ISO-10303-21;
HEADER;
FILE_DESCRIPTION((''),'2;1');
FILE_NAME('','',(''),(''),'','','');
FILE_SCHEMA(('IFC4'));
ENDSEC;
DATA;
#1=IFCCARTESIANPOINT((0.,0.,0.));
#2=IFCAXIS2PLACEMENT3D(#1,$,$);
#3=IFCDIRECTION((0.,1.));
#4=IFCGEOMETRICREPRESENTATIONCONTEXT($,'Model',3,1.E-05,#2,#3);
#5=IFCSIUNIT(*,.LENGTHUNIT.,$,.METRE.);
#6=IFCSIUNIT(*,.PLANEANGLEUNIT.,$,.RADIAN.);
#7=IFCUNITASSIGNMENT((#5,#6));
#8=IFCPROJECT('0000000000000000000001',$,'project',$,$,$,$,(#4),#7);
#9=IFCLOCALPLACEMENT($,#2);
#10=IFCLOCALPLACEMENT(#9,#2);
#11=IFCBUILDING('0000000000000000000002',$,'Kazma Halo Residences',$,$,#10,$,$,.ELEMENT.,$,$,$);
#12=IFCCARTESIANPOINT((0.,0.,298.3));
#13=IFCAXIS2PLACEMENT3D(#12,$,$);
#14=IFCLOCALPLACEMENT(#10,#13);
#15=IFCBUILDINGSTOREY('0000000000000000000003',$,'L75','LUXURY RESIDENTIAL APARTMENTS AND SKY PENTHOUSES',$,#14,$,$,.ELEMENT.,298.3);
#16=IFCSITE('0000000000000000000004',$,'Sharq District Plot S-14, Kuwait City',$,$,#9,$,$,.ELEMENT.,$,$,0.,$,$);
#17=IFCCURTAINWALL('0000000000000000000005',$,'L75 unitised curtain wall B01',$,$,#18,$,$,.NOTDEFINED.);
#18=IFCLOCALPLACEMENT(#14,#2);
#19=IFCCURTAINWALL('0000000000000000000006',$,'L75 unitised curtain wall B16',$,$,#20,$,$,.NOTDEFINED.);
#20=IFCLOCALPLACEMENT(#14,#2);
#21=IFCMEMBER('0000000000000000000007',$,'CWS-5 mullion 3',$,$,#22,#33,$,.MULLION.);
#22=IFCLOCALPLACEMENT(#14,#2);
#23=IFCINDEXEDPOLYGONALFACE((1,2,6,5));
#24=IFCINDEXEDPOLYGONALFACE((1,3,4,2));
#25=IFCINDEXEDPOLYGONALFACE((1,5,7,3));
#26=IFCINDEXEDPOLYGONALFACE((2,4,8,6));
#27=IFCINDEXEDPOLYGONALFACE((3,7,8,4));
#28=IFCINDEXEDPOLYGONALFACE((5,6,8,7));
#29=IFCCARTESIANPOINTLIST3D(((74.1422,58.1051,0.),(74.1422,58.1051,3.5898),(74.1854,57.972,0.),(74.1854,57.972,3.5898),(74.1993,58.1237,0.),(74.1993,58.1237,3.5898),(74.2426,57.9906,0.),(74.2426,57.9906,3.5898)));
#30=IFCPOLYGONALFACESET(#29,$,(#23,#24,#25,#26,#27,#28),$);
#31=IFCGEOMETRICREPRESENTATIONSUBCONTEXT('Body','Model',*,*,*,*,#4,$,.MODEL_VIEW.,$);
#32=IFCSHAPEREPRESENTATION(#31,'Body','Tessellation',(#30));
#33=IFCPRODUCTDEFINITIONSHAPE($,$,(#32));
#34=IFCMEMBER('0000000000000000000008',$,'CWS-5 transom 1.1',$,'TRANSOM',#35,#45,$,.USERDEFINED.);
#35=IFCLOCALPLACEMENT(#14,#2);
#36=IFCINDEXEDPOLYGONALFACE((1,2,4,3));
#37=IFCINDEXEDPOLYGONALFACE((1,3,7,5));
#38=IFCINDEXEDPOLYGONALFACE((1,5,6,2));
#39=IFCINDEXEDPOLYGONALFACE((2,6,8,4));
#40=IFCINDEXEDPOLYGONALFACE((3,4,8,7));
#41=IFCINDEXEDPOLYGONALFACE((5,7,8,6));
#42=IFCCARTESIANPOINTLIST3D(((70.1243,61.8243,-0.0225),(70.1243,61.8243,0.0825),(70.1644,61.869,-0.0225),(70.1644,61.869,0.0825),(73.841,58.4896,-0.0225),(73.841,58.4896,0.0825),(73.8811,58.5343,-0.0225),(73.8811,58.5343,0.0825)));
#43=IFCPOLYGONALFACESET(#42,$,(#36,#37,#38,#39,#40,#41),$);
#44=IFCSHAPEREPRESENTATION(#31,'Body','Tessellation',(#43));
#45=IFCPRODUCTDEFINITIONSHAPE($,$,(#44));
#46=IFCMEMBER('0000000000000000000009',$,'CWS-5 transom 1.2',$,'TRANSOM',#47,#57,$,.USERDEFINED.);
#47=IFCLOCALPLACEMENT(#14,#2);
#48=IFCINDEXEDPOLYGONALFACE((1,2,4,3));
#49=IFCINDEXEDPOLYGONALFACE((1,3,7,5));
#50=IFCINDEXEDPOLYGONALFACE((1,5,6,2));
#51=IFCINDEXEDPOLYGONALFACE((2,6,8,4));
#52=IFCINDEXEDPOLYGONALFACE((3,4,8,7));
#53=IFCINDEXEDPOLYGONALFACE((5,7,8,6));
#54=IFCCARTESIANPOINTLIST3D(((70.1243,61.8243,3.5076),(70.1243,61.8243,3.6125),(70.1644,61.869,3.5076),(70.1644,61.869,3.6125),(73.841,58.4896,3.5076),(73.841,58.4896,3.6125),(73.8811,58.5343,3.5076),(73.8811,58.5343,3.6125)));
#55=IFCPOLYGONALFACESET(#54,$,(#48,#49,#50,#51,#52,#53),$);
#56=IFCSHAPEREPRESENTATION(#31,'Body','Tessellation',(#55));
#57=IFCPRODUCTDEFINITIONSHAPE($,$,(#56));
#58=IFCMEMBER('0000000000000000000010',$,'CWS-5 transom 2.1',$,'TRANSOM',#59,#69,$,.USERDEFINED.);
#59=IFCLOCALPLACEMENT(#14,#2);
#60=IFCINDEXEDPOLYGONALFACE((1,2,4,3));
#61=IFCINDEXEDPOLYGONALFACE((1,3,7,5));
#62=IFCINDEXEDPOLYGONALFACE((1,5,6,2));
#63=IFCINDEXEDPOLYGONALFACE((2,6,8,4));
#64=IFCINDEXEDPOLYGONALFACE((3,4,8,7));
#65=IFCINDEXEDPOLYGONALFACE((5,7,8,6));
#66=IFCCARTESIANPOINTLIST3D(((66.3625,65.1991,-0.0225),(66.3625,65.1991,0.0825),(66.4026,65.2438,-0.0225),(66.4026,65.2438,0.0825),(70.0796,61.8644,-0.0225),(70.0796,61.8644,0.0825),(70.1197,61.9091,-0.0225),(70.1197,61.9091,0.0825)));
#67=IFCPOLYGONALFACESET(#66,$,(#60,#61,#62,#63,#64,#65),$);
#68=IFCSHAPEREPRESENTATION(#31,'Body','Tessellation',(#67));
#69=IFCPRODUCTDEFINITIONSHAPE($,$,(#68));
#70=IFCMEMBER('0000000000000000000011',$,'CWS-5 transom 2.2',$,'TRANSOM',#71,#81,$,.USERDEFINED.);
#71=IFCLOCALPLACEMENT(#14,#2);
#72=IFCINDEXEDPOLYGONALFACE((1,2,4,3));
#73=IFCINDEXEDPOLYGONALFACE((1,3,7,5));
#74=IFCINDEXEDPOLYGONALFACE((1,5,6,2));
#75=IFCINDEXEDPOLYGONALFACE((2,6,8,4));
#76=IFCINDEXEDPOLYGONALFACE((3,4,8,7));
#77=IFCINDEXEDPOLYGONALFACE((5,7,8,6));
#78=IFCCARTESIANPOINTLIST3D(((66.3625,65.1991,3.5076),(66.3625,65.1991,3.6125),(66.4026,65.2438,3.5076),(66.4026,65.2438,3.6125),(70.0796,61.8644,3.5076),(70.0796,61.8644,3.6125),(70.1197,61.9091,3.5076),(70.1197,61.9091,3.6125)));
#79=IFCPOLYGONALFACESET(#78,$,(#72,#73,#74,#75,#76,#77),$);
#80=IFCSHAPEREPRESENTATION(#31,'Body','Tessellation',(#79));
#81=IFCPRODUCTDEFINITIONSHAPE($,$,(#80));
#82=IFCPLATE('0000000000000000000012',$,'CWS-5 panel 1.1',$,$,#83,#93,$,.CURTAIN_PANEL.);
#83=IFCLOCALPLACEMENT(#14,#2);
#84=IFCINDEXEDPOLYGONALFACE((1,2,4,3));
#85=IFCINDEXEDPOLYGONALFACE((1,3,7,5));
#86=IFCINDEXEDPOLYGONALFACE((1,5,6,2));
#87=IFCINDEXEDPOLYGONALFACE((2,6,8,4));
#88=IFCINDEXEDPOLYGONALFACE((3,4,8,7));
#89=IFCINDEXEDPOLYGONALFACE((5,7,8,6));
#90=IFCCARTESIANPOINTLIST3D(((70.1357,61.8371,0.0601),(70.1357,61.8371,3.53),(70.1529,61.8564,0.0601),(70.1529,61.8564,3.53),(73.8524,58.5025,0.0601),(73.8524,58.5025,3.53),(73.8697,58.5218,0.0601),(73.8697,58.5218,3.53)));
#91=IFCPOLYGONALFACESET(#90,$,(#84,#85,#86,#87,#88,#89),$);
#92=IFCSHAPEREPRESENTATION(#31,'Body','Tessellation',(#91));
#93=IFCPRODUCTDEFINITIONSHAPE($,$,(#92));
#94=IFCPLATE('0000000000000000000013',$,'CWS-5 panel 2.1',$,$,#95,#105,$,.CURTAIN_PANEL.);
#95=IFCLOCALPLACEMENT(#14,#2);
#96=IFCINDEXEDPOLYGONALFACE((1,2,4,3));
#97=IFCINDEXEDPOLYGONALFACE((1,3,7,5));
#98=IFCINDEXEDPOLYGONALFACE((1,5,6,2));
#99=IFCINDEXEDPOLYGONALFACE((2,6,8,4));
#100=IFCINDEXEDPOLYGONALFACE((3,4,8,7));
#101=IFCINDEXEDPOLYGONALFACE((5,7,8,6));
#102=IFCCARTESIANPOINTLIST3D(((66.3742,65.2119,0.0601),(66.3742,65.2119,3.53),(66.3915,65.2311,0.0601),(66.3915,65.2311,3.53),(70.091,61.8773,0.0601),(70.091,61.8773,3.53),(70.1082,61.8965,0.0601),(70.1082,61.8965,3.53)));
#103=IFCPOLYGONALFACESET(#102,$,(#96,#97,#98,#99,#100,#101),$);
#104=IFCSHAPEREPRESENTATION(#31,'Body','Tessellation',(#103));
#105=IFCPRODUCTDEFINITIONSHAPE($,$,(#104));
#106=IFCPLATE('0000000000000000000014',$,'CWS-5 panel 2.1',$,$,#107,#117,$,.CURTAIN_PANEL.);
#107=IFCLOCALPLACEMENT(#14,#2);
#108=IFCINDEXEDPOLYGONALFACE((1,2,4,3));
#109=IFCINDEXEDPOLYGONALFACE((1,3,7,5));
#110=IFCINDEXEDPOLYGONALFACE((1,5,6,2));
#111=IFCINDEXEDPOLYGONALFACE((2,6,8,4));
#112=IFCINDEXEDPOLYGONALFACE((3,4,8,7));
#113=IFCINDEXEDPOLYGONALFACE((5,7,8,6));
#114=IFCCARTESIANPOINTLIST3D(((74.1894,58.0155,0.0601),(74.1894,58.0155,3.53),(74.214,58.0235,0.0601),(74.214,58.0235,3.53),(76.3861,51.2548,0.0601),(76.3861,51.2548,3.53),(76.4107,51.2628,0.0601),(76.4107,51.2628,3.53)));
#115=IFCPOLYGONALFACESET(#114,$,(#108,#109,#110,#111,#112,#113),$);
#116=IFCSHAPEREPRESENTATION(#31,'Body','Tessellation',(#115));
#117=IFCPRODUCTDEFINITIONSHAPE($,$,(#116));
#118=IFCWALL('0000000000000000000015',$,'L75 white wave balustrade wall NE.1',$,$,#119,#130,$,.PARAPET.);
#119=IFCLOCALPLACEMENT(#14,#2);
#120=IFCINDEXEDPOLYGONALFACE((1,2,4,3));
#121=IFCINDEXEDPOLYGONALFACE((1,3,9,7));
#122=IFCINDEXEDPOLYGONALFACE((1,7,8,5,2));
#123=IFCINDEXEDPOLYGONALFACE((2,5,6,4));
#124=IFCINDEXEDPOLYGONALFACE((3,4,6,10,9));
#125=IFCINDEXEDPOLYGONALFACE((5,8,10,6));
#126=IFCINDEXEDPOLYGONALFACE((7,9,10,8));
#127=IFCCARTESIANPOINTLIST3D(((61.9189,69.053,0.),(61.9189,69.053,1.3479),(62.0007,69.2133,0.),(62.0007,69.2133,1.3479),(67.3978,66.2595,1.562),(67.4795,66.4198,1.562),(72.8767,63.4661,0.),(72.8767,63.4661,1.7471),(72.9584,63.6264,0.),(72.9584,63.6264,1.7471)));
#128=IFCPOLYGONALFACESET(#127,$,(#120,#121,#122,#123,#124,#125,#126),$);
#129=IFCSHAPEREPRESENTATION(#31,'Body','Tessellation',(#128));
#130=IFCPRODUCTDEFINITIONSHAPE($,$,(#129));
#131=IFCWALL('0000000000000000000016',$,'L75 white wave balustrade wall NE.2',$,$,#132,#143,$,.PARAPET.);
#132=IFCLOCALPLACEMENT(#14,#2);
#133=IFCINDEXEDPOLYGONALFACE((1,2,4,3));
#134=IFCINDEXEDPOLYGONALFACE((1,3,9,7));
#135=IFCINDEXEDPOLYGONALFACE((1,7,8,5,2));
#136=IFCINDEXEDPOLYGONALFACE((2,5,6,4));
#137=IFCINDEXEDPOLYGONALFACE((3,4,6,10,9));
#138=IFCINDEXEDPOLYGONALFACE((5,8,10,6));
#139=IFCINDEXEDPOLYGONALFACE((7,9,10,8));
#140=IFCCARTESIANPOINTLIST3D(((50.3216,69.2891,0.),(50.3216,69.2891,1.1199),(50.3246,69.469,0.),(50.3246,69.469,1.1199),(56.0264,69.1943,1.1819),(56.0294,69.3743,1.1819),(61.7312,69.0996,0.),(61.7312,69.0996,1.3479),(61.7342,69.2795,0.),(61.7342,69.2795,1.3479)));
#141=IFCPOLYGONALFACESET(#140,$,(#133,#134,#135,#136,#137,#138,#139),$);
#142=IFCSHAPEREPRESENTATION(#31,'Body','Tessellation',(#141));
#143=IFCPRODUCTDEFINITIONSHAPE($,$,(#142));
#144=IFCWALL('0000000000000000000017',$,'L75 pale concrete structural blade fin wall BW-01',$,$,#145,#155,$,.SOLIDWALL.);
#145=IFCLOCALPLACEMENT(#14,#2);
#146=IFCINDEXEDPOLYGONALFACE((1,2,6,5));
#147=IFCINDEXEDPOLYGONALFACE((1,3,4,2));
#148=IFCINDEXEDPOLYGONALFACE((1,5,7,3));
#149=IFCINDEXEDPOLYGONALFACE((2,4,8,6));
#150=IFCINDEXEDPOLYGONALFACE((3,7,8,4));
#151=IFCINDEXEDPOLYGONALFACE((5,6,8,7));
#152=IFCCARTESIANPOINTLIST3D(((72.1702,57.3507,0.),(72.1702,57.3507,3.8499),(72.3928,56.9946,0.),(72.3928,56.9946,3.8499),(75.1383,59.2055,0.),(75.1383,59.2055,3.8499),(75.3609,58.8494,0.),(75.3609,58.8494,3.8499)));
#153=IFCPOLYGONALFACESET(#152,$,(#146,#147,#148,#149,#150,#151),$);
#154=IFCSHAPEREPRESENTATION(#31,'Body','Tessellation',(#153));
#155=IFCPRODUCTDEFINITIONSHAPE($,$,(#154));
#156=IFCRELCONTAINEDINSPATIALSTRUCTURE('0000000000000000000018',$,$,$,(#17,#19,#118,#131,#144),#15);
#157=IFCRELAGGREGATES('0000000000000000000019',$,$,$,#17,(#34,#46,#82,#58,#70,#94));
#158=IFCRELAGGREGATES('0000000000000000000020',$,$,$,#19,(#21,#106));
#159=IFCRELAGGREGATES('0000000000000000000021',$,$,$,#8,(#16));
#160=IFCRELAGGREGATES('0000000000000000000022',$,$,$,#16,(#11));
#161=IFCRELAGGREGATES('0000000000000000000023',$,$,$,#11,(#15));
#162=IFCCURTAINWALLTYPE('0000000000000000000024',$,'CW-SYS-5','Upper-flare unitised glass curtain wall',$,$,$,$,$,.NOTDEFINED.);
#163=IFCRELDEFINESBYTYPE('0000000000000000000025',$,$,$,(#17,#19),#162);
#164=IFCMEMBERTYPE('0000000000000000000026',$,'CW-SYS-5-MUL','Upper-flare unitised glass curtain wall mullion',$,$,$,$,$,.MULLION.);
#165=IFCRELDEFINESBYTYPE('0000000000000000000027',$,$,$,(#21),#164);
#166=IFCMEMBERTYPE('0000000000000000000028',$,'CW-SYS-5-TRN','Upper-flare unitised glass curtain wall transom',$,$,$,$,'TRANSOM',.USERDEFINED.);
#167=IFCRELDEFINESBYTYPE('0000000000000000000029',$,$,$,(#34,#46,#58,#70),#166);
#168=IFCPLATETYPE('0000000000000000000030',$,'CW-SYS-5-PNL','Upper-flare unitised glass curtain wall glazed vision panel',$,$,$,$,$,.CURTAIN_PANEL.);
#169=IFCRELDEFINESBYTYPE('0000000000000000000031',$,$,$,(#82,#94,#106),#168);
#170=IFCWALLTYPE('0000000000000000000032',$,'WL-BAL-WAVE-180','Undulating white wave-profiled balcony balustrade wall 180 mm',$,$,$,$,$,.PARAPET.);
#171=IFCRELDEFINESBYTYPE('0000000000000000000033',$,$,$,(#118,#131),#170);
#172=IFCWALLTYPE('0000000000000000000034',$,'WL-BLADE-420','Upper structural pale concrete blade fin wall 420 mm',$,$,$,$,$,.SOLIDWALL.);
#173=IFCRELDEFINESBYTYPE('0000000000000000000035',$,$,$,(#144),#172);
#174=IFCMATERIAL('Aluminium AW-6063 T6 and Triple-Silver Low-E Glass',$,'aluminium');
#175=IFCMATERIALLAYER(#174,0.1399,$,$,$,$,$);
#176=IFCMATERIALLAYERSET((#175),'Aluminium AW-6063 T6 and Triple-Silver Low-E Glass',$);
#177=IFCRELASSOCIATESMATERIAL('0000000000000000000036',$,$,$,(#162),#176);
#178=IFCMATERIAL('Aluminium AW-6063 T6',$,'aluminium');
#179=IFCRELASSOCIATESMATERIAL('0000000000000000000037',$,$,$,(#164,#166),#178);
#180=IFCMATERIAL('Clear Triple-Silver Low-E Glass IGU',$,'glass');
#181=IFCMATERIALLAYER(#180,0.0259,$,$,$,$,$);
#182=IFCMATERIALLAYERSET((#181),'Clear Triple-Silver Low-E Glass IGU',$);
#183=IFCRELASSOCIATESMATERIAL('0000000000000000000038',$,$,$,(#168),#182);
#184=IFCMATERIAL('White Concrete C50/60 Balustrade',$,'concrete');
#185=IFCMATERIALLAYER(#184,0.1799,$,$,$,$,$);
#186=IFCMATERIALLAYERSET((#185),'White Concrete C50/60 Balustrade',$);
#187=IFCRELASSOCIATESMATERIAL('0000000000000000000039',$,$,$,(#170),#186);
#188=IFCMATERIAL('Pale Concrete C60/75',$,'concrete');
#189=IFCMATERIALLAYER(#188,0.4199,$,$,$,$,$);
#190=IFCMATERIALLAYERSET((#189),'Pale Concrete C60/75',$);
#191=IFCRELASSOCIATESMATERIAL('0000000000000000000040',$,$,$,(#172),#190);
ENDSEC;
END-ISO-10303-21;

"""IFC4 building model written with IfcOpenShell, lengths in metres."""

from ifc_helpers import new_model, si_unit, direction, frame, frame_2d, origin, origin_2d, place, context, subcontext, project, spatial, polyline, rectangle, outline, extrude, material, layer, layer_set, material_profile, profile_set, type_object, element, aggregate, save


model = new_model("IFC4")

# Units and contexts
model_context = context("Model", 3, precision=1e-05, world=origin(), true_north=direction((0.0, 1.0)))
body_context = subcontext(model_context, "Body", "Model", "MODEL_VIEW")
ifc_project = project(units=[si_unit("LENGTHUNIT", "METRE"), si_unit("PLANEANGLEUNIT", "RADIAN")], contexts=[model_context])

# Site, building, storey
site_placement = place(None, origin())
site = spatial("IfcSite", under=ifc_project, at=site_placement, Name="Sharq District Plot S-14, Kuwait City", CompositionType="ELEMENT", RefElevation=0.0)
building_placement = place(site_placement, origin())
building = spatial("IfcBuilding", under=site, at=building_placement, Name="Kazma Halo Residences", CompositionType="ELEMENT")
storey_placement = place(building_placement, frame((0.0, 0.0, 298.3)))
storey = spatial("IfcBuildingStorey", under=building, at=storey_placement, Name="L75", Description="LUXURY RESIDENTIAL APARTMENTS AND SKY PENTHOUSES", CompositionType="ELEMENT", Elevation=298.3)

# Curtain wall
ifc_material_1 = material(Name="Aluminium AW-6063 T6 and Triple-Silver Low-E Glass", Category="aluminium")
ifc_layer_1 = layer(ifc_material_1, 0.1399)
ifc_layer_set_1 = layer_set([ifc_layer_1], Name="Aluminium AW-6063 T6 and Triple-Silver Low-E Glass")
curtain_wall_type = type_object("IfcCurtainWallType", Name="CW-SYS-5", Description="Upper-flare unitised glass curtain wall", PredefinedType="NOTDEFINED", material=ifc_layer_set_1)
curtain_wall_1_placement = place(storey_placement, origin())
curtain_wall_1 = element("IfcCurtainWall", 1, at=curtain_wall_1_placement, inside=storey, type_object=curtain_wall_type, Name="L75 unitised curtain wall B01", PredefinedType="NOTDEFINED")
ifc_material_2 = material(Name="Aluminium AW-6063 T6", Category="aluminium")
ifc_material_profile_1 = material_profile(ifc_material_2, rectangle(XDim=0.0601, YDim=0.1399, at=origin_2d()), Name="CWM-60x140")
ifc_profile_set_1 = profile_set([ifc_material_profile_1], Name="Aluminium AW-6063 T6")
member_type_1 = type_object("IfcMemberType", Name="CW-SYS-5-MUL", Description="Upper-flare unitised glass curtain wall mullion", PredefinedType="MULLION", material=ifc_profile_set_1)

# Curtain wall, member
curtain_wall_2_placement = place(storey_placement, origin())
curtain_wall_2 = element("IfcCurtainWall", 2, at=curtain_wall_2_placement, inside=storey, type_object=curtain_wall_type, Name="L75 unitised curtain wall B16", PredefinedType="NOTDEFINED")
member_1_placement = place(storey_placement, frame((74.1924, 58.0479, 0.0), z_axis=(0.0, 0.0, 1.0), x_axis=(-0.951058, -0.309011, 0.0)))
member_1 = element("IfcMember", 3, at=member_1_placement, type_object=member_type_1, Name="CWS-5 mullion 3", PredefinedType="MULLION", context=body_context, shape_type="SweptSolid", body=[
    extrude(rectangle(XDim=0.0601, YDim=0.1399, at=origin_2d()), origin(), (0.0, 0.0, 1.0), 3.5898),
])

# Members
ifc_material_profile_2 = material_profile(ifc_material_2, rectangle(XDim=0.0601, YDim=0.105, at=origin_2d()), Name="CWT-60x105")
ifc_profile_set_2 = profile_set([ifc_material_profile_2], Name="Aluminium AW-6063 T6")
member_type_2 = type_object("IfcMemberType", Name="CW-SYS-5-TRN", Description="Upper-flare unitised glass curtain wall transom", ElementType="TRANSOM", PredefinedType="USERDEFINED", material=ifc_profile_set_2)
member_2_placement = place(storey_placement, frame((73.8611, 58.512, 0.03), z_axis=(-0.744329, 0.667813, 0.0), x_axis=(-0.667813, -0.744329, 0.0)))
member_2 = element("IfcMember", 4, at=member_2_placement, type_object=member_type_2, Name="CWS-5 transom 1.1", ObjectType="TRANSOM", PredefinedType="USERDEFINED", context=body_context, shape_type="SweptSolid", body=[
    extrude(rectangle(XDim=0.0601, YDim=0.105, at=origin_2d()), origin(), (0.0, 0.0, 1.0), 4.9934),
])
member_3_placement = place(storey_placement, frame((73.8611, 58.512, 3.5601), z_axis=(-0.744329, 0.667813, 0.0), x_axis=(-0.667813, -0.744329, 0.0)))
member_3 = element("IfcMember", 5, at=member_3_placement, type_object=member_type_2, Name="CWS-5 transom 1.2", ObjectType="TRANSOM", PredefinedType="USERDEFINED", context=body_context, shape_type="SweptSolid", body=[
    extrude(rectangle(XDim=0.0601, YDim=0.105, at=origin_2d()), origin(), (0.0, 0.0, 1.0), 4.9934),
])
member_4_placement = place(storey_placement, frame((70.0996, 61.8867, 0.03), z_axis=(-0.744351, 0.667789, 0.0), x_axis=(-0.667789, -0.744351, 0.0)))
member_4 = element("IfcMember", 6, at=member_4_placement, type_object=member_type_2, Name="CWS-5 transom 2.1", ObjectType="TRANSOM", PredefinedType="USERDEFINED", context=body_context, shape_type="SweptSolid", body=[
    extrude(rectangle(XDim=0.0601, YDim=0.105, at=origin_2d()), origin(), (0.0, 0.0, 1.0), 4.9937),
])
member_5_placement = place(storey_placement, frame((70.0996, 61.8867, 3.5601), z_axis=(-0.744351, 0.667789, 0.0), x_axis=(-0.667789, -0.744351, 0.0)))
member_5 = element("IfcMember", 7, at=member_5_placement, type_object=member_type_2, Name="CWS-5 transom 2.2", ObjectType="TRANSOM", PredefinedType="USERDEFINED", context=body_context, shape_type="SweptSolid", body=[
    extrude(rectangle(XDim=0.0601, YDim=0.105, at=origin_2d()), origin(), (0.0, 0.0, 1.0), 4.9937),
])

# Plates
ifc_material_3 = material(Name="Clear Triple-Silver Low-E Glass IGU", Category="glass")
ifc_layer_2 = layer(ifc_material_3, 0.0259)
ifc_layer_set_2 = layer_set([ifc_layer_2], Name="Clear Triple-Silver Low-E Glass IGU")
plate_type = type_object("IfcPlateType", Name="CW-SYS-5-PNL", Description="Upper-flare unitised glass curtain wall glazed vision panel", PredefinedType="CURTAIN_PANEL", material=ifc_layer_set_2)
plate_1_placement = place(storey_placement, frame((72.0027, 60.1794, 0.0601), z_axis=(0.0, 0.0, 1.0), x_axis=(-0.744336, 0.667805, 0.0)))
plate_1 = element("IfcPlate", 8, at=plate_1_placement, type_object=plate_type, Name="CWS-5 panel 1.1", PredefinedType="CURTAIN_PANEL", context=body_context, shape_type="SweptSolid", body=[
    extrude(rectangle(XDim=4.9934, YDim=0.0259, at=origin_2d()), origin(), (0.0, 0.0, 1.0), 3.47),
])
plate_2_placement = place(storey_placement, frame((68.2412, 63.5542, 0.0601), z_axis=(0.0, 0.0, 1.0), x_axis=(-0.744336, 0.667805, 0.0)))
plate_2 = element("IfcPlate", 9, at=plate_2_placement, type_object=plate_type, Name="CWS-5 panel 2.1", PredefinedType="CURTAIN_PANEL", context=body_context, shape_type="SweptSolid", body=[
    extrude(rectangle(XDim=4.9934, YDim=0.0259, at=origin_2d()), origin(), (0.0, 0.0, 1.0), 3.47),
])
aggregate(curtain_wall_1, [member_2, member_3, plate_1, member_4, member_5, plate_2])
plate_3_placement = place(storey_placement, frame((75.3, 54.6392, 0.0601), z_axis=(0.0, 0.0, 1.0), x_axis=(-0.309011, 0.951058, 0.0)))
plate_3 = element("IfcPlate", 10, at=plate_3_placement, type_object=plate_type, Name="CWS-5 panel 2.1", PredefinedType="CURTAIN_PANEL", context=body_context, shape_type="SweptSolid", body=[
    extrude(rectangle(XDim=7.1086, YDim=0.0259, at=origin_2d()), origin(), (0.0, 0.0, 1.0), 3.47),
])
aggregate(curtain_wall_2, [member_1, plate_3])

# Walls
ifc_material_4 = material(Name="White Concrete C50/60 Balustrade", Category="concrete")
ifc_layer_3 = layer(ifc_material_4, 0.1799)
ifc_layer_set_3 = layer_set([ifc_layer_3], Name="White Concrete C50/60 Balustrade")
wall_type_1 = type_object("IfcWallType", Name="WL-BAL-WAVE-180", Description="Undulating white wave-profiled balcony balustrade wall 180 mm", PredefinedType="PARAPET", material=ifc_layer_set_3)
wall_1_placement = place(storey_placement, frame((72.9175, 63.5461, 0.0), z_axis=(0.0, 0.0, 1.0), x_axis=(-0.890886, 0.454226, 0.0)))
element("IfcWall", 11, at=wall_1_placement, inside=storey, type_object=wall_type_1, Name="L75 white wave balustrade wall NE.1", PredefinedType="PARAPET", context=body_context, shape_type="SweptSolid", body=[
    extrude(outline(polyline([(0.0, 0.0), (12.2998, 0.0), (12.2998, 1.3479), (6.1499, 1.562), (0.0, 1.7471), (0.0, 0.0)])), frame((0.0, 0.0898, 0.0), z_axis=(0.0, -1.0, 0.0), x_axis=(1.0, 0.0, 0.0)), (0.0, 0.0, 1.0), 0.1799),
])
wall_2_placement = place(storey_placement, frame((61.7327, 69.1895, 0.0), z_axis=(0.0, 0.0, 1.0), x_axis=(-0.999862, 0.016602, 0.0)))
element("IfcWall", 12, at=wall_2_placement, inside=storey, type_object=wall_type_1, Name="L75 white wave balustrade wall NE.2", PredefinedType="PARAPET", context=body_context, shape_type="SweptSolid", body=[
    extrude(outline(polyline([(0.0, 0.0), (11.4111, 0.0), (11.4111, 1.1199), (5.7056, 1.1819), (0.0, 1.3479), (0.0, 0.0)])), frame((0.0, 0.0898, 0.0), z_axis=(0.0, -1.0, 0.0), x_axis=(1.0, 0.0, 0.0)), (0.0, 0.0, 1.0), 0.1799),
])
ifc_material_5 = material(Name="Pale Concrete C60/75", Category="concrete")
ifc_layer_4 = layer(ifc_material_5, 0.4199)
ifc_layer_set_4 = layer_set([ifc_layer_4], Name="Pale Concrete C60/75")
wall_type_2 = type_object("IfcWallType", Name="WL-BLADE-420", Description="Upper structural pale concrete blade fin wall 420 mm", PredefinedType="SOLIDWALL", material=ifc_layer_set_4)
wall_3_placement = place(storey_placement, frame((72.2815, 57.1726, 0.0), z_axis=(0.0, 0.0, 1.0), x_axis=(0.848034, 0.529943, 0.0)))
element("IfcWall", 13, at=wall_3_placement, inside=storey, type_object=wall_type_2, Name="L75 pale concrete structural blade fin wall BW-01", PredefinedType="SOLIDWALL", context=body_context, shape_type="SweptSolid", body=[
    extrude(rectangle(XDim=3.5, YDim=0.4199, at=frame_2d((1.75, 0.0))), origin(), (0.0, 0.0, 1.0), 3.8499),
])

save(model, "model.ifc")
